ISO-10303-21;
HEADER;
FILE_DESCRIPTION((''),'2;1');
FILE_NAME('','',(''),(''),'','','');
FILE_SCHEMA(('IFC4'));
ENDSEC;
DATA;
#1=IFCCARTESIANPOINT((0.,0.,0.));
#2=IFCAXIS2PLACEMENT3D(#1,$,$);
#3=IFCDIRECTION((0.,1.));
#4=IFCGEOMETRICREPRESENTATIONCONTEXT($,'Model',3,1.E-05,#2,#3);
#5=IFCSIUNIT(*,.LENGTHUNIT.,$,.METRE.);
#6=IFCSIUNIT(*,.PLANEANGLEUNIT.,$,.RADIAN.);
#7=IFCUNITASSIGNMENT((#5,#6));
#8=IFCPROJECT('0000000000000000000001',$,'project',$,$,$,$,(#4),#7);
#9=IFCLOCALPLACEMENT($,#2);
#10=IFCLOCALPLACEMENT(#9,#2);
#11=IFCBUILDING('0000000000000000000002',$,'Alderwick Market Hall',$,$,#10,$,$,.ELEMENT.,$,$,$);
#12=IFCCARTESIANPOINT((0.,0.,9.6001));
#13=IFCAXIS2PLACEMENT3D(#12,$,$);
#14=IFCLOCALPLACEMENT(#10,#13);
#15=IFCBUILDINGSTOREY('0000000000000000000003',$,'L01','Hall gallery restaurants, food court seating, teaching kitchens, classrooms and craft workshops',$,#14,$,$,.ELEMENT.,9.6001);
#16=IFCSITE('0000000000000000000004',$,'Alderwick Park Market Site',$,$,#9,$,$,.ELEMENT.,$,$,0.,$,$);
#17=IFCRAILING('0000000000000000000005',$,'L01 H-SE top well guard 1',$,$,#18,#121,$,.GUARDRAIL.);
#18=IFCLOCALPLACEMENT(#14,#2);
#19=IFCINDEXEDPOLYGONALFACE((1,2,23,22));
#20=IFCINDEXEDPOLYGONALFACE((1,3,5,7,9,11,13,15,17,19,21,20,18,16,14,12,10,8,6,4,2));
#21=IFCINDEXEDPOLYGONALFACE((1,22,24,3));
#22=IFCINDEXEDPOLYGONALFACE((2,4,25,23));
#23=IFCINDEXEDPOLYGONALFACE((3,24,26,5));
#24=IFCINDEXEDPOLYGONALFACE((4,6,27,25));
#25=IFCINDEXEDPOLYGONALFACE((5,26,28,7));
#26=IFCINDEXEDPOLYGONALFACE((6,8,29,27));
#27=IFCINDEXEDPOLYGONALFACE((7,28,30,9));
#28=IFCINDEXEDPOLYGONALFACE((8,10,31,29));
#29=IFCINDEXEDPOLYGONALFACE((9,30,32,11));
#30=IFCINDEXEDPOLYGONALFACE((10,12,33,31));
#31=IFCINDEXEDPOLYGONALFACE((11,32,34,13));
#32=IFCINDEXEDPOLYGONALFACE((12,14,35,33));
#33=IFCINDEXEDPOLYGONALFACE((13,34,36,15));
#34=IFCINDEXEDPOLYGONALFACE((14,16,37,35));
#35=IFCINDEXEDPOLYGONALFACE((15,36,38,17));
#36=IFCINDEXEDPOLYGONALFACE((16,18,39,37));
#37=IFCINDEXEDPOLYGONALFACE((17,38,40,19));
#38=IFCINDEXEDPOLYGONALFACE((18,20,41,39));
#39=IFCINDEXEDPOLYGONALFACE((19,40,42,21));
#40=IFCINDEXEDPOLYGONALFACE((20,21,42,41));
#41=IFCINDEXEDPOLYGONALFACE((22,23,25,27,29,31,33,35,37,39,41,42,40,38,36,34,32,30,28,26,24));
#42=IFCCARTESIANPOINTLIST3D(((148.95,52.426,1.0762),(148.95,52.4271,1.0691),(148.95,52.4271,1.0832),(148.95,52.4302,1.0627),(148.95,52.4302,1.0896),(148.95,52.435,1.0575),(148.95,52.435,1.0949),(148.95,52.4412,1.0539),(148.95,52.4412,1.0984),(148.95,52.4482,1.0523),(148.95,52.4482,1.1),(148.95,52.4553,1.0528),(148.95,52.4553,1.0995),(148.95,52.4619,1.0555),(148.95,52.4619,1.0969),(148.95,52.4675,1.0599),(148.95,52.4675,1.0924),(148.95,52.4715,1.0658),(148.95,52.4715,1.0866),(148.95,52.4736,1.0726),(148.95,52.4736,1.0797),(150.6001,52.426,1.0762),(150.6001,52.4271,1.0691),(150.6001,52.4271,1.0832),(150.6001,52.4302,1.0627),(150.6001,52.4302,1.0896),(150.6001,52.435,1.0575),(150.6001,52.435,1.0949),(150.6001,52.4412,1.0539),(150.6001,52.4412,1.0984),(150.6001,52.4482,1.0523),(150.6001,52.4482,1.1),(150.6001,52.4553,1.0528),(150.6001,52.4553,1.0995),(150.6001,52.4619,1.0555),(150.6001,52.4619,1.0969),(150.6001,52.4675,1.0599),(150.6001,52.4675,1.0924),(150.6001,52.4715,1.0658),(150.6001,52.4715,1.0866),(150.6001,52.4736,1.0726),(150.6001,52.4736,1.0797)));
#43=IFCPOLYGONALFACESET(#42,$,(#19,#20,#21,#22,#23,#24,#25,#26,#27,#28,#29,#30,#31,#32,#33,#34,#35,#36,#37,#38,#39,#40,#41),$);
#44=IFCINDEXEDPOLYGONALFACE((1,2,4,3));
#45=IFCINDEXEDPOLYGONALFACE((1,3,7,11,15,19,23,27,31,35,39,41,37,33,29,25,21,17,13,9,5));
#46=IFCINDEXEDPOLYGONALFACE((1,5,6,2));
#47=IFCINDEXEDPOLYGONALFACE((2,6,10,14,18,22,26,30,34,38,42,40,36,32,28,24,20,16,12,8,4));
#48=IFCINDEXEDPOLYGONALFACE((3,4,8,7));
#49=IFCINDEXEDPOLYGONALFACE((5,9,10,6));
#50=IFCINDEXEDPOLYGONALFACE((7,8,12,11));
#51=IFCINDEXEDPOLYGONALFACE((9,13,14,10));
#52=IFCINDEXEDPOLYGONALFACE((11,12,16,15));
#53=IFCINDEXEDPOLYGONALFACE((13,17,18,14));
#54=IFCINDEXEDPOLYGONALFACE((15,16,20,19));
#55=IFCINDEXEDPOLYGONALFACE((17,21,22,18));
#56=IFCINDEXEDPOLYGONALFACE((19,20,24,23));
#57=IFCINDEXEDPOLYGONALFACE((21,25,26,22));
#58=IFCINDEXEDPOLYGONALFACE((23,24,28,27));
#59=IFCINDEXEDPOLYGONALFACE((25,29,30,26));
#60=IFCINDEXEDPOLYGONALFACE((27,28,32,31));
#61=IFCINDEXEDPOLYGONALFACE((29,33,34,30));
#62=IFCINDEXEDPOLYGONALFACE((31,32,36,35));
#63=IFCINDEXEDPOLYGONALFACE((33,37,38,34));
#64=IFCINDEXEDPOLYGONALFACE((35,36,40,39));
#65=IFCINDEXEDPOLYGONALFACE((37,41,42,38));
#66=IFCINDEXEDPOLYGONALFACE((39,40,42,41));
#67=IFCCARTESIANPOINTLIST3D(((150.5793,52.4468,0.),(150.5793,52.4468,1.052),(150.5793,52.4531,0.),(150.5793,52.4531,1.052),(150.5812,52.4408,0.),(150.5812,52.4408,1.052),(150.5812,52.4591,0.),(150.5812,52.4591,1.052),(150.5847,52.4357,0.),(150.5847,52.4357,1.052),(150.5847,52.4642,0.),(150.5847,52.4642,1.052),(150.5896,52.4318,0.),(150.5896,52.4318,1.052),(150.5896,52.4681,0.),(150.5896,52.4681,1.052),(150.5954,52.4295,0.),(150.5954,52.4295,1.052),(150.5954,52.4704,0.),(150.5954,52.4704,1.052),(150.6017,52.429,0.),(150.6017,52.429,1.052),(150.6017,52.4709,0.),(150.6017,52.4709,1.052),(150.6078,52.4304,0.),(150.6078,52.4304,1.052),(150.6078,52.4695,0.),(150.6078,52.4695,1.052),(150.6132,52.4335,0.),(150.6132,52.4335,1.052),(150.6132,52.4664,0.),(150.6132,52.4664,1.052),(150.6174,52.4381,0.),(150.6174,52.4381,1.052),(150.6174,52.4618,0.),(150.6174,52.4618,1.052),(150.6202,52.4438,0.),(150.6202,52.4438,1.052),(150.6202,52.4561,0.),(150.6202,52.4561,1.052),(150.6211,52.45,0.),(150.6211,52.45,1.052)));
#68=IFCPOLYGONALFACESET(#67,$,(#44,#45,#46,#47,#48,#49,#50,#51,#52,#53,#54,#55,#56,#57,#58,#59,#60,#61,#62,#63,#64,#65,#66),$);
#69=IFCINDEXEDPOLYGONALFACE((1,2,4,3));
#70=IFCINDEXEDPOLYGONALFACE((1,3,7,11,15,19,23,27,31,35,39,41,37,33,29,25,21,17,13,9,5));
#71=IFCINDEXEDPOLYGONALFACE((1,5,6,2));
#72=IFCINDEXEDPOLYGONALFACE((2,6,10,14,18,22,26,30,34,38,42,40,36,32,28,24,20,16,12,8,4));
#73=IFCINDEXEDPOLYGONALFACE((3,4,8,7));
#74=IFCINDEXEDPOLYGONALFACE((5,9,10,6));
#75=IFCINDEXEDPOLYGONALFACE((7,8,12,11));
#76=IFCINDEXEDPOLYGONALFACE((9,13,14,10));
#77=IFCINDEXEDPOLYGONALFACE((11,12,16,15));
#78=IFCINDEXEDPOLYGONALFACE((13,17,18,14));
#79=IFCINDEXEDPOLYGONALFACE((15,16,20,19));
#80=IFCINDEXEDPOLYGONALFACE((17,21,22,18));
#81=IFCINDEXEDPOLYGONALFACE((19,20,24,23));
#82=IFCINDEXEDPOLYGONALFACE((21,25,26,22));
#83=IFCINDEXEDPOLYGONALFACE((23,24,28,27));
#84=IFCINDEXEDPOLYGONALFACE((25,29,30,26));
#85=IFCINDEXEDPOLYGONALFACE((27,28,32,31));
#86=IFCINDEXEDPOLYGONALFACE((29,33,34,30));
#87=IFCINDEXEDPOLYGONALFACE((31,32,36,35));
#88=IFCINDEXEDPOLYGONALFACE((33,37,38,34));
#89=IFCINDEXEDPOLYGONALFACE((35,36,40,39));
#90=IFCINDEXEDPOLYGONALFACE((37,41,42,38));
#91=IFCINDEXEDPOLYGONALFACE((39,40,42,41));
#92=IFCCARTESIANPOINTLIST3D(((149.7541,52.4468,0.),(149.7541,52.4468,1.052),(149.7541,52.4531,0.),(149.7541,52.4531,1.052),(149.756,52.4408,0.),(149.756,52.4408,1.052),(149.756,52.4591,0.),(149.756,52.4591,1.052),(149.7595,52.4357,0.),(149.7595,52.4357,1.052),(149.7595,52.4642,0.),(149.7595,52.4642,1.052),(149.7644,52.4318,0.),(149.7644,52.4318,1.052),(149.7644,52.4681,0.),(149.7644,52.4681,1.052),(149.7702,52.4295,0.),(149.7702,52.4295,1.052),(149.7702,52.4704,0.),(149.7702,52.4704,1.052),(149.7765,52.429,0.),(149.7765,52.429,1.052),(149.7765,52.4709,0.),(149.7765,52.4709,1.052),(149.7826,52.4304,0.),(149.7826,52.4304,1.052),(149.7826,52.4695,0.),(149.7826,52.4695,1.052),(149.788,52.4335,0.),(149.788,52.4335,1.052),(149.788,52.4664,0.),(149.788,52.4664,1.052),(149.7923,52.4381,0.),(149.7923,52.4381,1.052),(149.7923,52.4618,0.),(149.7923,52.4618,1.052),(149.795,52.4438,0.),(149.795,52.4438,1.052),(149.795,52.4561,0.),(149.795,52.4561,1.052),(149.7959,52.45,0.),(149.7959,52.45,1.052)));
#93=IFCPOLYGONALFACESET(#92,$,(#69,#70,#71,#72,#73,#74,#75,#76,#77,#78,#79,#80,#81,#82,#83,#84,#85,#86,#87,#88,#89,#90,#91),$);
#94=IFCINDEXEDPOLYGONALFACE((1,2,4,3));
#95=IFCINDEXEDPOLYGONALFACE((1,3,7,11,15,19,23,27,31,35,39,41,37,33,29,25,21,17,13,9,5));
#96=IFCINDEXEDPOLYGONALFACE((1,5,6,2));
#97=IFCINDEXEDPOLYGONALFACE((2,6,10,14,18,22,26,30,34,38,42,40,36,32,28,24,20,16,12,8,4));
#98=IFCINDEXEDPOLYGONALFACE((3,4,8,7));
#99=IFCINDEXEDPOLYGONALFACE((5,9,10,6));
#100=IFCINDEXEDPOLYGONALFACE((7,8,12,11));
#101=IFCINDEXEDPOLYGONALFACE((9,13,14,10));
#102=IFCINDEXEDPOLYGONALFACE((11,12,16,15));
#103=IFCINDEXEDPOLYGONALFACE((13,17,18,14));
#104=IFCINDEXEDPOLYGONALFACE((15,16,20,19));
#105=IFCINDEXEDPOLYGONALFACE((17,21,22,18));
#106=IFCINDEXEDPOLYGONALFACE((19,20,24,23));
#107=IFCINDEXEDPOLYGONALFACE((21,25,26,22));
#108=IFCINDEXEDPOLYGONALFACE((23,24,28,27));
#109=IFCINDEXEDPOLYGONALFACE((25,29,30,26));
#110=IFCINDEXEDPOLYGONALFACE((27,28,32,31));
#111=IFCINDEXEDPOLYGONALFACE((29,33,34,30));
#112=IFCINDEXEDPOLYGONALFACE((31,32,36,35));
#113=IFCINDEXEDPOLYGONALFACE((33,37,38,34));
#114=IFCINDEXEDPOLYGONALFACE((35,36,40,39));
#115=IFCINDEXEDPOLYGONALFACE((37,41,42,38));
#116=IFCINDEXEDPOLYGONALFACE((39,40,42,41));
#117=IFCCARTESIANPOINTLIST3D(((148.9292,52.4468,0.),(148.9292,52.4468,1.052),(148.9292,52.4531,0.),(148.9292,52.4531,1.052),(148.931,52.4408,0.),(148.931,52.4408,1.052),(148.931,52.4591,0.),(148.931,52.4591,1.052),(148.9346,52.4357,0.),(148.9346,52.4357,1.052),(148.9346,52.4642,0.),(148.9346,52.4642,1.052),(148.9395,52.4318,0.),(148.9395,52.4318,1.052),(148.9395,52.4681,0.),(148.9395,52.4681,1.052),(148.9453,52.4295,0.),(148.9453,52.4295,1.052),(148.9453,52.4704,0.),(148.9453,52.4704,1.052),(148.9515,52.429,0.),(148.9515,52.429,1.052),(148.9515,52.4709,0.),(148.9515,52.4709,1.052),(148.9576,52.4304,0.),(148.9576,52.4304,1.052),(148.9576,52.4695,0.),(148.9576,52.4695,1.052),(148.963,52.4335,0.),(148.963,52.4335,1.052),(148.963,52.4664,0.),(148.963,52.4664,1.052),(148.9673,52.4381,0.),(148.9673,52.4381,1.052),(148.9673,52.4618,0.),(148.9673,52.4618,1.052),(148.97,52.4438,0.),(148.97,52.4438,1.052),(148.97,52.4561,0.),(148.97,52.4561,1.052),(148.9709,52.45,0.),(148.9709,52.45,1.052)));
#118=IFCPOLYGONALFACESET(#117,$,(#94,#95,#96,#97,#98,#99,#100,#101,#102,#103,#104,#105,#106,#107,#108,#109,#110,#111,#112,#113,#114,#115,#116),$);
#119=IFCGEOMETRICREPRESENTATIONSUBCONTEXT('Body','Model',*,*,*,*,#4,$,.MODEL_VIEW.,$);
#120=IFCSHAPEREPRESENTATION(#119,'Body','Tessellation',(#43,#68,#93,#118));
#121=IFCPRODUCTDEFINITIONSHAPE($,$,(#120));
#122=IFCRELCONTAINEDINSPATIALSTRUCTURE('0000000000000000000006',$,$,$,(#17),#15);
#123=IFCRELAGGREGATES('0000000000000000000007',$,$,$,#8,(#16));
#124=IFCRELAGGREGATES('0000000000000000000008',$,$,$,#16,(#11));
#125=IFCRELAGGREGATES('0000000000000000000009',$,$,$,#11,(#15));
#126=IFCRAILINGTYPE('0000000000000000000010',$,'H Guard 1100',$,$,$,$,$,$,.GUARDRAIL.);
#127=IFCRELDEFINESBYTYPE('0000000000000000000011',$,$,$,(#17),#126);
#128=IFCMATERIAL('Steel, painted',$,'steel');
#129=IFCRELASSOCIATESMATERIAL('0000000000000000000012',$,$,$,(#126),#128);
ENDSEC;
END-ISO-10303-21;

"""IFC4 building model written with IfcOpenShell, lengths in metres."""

from ifc_helpers import new_model, si_unit, direction, frame, origin, origin_2d, place, context, subcontext, project, spatial, circle, extrude, material, type_object, element, save


model = new_model("IFC4")

# Units and contexts
model_context = context("Model", 3, precision=1e-05, world=origin(), true_north=direction((0.0, 1.0)))
body_context = subcontext(model_context, "Body", "Model", "MODEL_VIEW")
ifc_project = project(units=[si_unit("LENGTHUNIT", "METRE"), si_unit("PLANEANGLEUNIT", "RADIAN")], contexts=[model_context])

# Site, building, storey
site_placement = place(None, origin())
site = spatial("IfcSite", under=ifc_project, at=site_placement, Name="Alderwick Park Market Site", CompositionType="ELEMENT", RefElevation=0.0)
building_placement = place(site_placement, origin())
building = spatial("IfcBuilding", under=site, at=building_placement, Name="Alderwick Market Hall", CompositionType="ELEMENT")
storey_placement = place(building_placement, frame((0.0, 0.0, 9.6001)))
storey = spatial("IfcBuildingStorey", under=building, at=storey_placement, Name="L01", Description="Hall gallery restaurants, food court seating, teaching kitchens, classrooms and craft workshops", CompositionType="ELEMENT", Elevation=9.6001)

# Railing
ifc_material_1 = material(Name="Steel, painted", Category="steel")
railing_type = type_object("IfcRailingType", Name="H Guard 1100", PredefinedType="GUARDRAIL", material=ifc_material_1)
railing_placement = place(storey_placement, frame((150.6001, 52.45, 0.0)))
element("IfcRailing", 1, at=railing_placement, inside=storey, type_object=railing_type, Name="L01 H-SE top well guard 1", PredefinedType="GUARDRAIL", context=body_context, shape_type="SweptSolid", body=[
    extrude(circle(Radius=0.0239, at=origin_2d()), frame((0.0, 0.0, 1.0762), z_axis=(-1.0, 0.0, 0.0), x_axis=(0.0, -1.0, 0.0)), (0.0, 0.0, 1.0), 1.6501),
    extrude(circle(Radius=0.021, at=origin_2d()), origin(), (0.0, 0.0, 1.0), 1.052),
    extrude(circle(Radius=0.021, at=origin_2d()), frame((-0.8252, 0.0, 0.0)), (0.0, 0.0, 1.0), 1.052),
    extrude(circle(Radius=0.021, at=origin_2d()), frame((-1.6501, 0.0, 0.0)), (0.0, 0.0, 1.0), 1.052),
])

save(model, "model.ifc")
